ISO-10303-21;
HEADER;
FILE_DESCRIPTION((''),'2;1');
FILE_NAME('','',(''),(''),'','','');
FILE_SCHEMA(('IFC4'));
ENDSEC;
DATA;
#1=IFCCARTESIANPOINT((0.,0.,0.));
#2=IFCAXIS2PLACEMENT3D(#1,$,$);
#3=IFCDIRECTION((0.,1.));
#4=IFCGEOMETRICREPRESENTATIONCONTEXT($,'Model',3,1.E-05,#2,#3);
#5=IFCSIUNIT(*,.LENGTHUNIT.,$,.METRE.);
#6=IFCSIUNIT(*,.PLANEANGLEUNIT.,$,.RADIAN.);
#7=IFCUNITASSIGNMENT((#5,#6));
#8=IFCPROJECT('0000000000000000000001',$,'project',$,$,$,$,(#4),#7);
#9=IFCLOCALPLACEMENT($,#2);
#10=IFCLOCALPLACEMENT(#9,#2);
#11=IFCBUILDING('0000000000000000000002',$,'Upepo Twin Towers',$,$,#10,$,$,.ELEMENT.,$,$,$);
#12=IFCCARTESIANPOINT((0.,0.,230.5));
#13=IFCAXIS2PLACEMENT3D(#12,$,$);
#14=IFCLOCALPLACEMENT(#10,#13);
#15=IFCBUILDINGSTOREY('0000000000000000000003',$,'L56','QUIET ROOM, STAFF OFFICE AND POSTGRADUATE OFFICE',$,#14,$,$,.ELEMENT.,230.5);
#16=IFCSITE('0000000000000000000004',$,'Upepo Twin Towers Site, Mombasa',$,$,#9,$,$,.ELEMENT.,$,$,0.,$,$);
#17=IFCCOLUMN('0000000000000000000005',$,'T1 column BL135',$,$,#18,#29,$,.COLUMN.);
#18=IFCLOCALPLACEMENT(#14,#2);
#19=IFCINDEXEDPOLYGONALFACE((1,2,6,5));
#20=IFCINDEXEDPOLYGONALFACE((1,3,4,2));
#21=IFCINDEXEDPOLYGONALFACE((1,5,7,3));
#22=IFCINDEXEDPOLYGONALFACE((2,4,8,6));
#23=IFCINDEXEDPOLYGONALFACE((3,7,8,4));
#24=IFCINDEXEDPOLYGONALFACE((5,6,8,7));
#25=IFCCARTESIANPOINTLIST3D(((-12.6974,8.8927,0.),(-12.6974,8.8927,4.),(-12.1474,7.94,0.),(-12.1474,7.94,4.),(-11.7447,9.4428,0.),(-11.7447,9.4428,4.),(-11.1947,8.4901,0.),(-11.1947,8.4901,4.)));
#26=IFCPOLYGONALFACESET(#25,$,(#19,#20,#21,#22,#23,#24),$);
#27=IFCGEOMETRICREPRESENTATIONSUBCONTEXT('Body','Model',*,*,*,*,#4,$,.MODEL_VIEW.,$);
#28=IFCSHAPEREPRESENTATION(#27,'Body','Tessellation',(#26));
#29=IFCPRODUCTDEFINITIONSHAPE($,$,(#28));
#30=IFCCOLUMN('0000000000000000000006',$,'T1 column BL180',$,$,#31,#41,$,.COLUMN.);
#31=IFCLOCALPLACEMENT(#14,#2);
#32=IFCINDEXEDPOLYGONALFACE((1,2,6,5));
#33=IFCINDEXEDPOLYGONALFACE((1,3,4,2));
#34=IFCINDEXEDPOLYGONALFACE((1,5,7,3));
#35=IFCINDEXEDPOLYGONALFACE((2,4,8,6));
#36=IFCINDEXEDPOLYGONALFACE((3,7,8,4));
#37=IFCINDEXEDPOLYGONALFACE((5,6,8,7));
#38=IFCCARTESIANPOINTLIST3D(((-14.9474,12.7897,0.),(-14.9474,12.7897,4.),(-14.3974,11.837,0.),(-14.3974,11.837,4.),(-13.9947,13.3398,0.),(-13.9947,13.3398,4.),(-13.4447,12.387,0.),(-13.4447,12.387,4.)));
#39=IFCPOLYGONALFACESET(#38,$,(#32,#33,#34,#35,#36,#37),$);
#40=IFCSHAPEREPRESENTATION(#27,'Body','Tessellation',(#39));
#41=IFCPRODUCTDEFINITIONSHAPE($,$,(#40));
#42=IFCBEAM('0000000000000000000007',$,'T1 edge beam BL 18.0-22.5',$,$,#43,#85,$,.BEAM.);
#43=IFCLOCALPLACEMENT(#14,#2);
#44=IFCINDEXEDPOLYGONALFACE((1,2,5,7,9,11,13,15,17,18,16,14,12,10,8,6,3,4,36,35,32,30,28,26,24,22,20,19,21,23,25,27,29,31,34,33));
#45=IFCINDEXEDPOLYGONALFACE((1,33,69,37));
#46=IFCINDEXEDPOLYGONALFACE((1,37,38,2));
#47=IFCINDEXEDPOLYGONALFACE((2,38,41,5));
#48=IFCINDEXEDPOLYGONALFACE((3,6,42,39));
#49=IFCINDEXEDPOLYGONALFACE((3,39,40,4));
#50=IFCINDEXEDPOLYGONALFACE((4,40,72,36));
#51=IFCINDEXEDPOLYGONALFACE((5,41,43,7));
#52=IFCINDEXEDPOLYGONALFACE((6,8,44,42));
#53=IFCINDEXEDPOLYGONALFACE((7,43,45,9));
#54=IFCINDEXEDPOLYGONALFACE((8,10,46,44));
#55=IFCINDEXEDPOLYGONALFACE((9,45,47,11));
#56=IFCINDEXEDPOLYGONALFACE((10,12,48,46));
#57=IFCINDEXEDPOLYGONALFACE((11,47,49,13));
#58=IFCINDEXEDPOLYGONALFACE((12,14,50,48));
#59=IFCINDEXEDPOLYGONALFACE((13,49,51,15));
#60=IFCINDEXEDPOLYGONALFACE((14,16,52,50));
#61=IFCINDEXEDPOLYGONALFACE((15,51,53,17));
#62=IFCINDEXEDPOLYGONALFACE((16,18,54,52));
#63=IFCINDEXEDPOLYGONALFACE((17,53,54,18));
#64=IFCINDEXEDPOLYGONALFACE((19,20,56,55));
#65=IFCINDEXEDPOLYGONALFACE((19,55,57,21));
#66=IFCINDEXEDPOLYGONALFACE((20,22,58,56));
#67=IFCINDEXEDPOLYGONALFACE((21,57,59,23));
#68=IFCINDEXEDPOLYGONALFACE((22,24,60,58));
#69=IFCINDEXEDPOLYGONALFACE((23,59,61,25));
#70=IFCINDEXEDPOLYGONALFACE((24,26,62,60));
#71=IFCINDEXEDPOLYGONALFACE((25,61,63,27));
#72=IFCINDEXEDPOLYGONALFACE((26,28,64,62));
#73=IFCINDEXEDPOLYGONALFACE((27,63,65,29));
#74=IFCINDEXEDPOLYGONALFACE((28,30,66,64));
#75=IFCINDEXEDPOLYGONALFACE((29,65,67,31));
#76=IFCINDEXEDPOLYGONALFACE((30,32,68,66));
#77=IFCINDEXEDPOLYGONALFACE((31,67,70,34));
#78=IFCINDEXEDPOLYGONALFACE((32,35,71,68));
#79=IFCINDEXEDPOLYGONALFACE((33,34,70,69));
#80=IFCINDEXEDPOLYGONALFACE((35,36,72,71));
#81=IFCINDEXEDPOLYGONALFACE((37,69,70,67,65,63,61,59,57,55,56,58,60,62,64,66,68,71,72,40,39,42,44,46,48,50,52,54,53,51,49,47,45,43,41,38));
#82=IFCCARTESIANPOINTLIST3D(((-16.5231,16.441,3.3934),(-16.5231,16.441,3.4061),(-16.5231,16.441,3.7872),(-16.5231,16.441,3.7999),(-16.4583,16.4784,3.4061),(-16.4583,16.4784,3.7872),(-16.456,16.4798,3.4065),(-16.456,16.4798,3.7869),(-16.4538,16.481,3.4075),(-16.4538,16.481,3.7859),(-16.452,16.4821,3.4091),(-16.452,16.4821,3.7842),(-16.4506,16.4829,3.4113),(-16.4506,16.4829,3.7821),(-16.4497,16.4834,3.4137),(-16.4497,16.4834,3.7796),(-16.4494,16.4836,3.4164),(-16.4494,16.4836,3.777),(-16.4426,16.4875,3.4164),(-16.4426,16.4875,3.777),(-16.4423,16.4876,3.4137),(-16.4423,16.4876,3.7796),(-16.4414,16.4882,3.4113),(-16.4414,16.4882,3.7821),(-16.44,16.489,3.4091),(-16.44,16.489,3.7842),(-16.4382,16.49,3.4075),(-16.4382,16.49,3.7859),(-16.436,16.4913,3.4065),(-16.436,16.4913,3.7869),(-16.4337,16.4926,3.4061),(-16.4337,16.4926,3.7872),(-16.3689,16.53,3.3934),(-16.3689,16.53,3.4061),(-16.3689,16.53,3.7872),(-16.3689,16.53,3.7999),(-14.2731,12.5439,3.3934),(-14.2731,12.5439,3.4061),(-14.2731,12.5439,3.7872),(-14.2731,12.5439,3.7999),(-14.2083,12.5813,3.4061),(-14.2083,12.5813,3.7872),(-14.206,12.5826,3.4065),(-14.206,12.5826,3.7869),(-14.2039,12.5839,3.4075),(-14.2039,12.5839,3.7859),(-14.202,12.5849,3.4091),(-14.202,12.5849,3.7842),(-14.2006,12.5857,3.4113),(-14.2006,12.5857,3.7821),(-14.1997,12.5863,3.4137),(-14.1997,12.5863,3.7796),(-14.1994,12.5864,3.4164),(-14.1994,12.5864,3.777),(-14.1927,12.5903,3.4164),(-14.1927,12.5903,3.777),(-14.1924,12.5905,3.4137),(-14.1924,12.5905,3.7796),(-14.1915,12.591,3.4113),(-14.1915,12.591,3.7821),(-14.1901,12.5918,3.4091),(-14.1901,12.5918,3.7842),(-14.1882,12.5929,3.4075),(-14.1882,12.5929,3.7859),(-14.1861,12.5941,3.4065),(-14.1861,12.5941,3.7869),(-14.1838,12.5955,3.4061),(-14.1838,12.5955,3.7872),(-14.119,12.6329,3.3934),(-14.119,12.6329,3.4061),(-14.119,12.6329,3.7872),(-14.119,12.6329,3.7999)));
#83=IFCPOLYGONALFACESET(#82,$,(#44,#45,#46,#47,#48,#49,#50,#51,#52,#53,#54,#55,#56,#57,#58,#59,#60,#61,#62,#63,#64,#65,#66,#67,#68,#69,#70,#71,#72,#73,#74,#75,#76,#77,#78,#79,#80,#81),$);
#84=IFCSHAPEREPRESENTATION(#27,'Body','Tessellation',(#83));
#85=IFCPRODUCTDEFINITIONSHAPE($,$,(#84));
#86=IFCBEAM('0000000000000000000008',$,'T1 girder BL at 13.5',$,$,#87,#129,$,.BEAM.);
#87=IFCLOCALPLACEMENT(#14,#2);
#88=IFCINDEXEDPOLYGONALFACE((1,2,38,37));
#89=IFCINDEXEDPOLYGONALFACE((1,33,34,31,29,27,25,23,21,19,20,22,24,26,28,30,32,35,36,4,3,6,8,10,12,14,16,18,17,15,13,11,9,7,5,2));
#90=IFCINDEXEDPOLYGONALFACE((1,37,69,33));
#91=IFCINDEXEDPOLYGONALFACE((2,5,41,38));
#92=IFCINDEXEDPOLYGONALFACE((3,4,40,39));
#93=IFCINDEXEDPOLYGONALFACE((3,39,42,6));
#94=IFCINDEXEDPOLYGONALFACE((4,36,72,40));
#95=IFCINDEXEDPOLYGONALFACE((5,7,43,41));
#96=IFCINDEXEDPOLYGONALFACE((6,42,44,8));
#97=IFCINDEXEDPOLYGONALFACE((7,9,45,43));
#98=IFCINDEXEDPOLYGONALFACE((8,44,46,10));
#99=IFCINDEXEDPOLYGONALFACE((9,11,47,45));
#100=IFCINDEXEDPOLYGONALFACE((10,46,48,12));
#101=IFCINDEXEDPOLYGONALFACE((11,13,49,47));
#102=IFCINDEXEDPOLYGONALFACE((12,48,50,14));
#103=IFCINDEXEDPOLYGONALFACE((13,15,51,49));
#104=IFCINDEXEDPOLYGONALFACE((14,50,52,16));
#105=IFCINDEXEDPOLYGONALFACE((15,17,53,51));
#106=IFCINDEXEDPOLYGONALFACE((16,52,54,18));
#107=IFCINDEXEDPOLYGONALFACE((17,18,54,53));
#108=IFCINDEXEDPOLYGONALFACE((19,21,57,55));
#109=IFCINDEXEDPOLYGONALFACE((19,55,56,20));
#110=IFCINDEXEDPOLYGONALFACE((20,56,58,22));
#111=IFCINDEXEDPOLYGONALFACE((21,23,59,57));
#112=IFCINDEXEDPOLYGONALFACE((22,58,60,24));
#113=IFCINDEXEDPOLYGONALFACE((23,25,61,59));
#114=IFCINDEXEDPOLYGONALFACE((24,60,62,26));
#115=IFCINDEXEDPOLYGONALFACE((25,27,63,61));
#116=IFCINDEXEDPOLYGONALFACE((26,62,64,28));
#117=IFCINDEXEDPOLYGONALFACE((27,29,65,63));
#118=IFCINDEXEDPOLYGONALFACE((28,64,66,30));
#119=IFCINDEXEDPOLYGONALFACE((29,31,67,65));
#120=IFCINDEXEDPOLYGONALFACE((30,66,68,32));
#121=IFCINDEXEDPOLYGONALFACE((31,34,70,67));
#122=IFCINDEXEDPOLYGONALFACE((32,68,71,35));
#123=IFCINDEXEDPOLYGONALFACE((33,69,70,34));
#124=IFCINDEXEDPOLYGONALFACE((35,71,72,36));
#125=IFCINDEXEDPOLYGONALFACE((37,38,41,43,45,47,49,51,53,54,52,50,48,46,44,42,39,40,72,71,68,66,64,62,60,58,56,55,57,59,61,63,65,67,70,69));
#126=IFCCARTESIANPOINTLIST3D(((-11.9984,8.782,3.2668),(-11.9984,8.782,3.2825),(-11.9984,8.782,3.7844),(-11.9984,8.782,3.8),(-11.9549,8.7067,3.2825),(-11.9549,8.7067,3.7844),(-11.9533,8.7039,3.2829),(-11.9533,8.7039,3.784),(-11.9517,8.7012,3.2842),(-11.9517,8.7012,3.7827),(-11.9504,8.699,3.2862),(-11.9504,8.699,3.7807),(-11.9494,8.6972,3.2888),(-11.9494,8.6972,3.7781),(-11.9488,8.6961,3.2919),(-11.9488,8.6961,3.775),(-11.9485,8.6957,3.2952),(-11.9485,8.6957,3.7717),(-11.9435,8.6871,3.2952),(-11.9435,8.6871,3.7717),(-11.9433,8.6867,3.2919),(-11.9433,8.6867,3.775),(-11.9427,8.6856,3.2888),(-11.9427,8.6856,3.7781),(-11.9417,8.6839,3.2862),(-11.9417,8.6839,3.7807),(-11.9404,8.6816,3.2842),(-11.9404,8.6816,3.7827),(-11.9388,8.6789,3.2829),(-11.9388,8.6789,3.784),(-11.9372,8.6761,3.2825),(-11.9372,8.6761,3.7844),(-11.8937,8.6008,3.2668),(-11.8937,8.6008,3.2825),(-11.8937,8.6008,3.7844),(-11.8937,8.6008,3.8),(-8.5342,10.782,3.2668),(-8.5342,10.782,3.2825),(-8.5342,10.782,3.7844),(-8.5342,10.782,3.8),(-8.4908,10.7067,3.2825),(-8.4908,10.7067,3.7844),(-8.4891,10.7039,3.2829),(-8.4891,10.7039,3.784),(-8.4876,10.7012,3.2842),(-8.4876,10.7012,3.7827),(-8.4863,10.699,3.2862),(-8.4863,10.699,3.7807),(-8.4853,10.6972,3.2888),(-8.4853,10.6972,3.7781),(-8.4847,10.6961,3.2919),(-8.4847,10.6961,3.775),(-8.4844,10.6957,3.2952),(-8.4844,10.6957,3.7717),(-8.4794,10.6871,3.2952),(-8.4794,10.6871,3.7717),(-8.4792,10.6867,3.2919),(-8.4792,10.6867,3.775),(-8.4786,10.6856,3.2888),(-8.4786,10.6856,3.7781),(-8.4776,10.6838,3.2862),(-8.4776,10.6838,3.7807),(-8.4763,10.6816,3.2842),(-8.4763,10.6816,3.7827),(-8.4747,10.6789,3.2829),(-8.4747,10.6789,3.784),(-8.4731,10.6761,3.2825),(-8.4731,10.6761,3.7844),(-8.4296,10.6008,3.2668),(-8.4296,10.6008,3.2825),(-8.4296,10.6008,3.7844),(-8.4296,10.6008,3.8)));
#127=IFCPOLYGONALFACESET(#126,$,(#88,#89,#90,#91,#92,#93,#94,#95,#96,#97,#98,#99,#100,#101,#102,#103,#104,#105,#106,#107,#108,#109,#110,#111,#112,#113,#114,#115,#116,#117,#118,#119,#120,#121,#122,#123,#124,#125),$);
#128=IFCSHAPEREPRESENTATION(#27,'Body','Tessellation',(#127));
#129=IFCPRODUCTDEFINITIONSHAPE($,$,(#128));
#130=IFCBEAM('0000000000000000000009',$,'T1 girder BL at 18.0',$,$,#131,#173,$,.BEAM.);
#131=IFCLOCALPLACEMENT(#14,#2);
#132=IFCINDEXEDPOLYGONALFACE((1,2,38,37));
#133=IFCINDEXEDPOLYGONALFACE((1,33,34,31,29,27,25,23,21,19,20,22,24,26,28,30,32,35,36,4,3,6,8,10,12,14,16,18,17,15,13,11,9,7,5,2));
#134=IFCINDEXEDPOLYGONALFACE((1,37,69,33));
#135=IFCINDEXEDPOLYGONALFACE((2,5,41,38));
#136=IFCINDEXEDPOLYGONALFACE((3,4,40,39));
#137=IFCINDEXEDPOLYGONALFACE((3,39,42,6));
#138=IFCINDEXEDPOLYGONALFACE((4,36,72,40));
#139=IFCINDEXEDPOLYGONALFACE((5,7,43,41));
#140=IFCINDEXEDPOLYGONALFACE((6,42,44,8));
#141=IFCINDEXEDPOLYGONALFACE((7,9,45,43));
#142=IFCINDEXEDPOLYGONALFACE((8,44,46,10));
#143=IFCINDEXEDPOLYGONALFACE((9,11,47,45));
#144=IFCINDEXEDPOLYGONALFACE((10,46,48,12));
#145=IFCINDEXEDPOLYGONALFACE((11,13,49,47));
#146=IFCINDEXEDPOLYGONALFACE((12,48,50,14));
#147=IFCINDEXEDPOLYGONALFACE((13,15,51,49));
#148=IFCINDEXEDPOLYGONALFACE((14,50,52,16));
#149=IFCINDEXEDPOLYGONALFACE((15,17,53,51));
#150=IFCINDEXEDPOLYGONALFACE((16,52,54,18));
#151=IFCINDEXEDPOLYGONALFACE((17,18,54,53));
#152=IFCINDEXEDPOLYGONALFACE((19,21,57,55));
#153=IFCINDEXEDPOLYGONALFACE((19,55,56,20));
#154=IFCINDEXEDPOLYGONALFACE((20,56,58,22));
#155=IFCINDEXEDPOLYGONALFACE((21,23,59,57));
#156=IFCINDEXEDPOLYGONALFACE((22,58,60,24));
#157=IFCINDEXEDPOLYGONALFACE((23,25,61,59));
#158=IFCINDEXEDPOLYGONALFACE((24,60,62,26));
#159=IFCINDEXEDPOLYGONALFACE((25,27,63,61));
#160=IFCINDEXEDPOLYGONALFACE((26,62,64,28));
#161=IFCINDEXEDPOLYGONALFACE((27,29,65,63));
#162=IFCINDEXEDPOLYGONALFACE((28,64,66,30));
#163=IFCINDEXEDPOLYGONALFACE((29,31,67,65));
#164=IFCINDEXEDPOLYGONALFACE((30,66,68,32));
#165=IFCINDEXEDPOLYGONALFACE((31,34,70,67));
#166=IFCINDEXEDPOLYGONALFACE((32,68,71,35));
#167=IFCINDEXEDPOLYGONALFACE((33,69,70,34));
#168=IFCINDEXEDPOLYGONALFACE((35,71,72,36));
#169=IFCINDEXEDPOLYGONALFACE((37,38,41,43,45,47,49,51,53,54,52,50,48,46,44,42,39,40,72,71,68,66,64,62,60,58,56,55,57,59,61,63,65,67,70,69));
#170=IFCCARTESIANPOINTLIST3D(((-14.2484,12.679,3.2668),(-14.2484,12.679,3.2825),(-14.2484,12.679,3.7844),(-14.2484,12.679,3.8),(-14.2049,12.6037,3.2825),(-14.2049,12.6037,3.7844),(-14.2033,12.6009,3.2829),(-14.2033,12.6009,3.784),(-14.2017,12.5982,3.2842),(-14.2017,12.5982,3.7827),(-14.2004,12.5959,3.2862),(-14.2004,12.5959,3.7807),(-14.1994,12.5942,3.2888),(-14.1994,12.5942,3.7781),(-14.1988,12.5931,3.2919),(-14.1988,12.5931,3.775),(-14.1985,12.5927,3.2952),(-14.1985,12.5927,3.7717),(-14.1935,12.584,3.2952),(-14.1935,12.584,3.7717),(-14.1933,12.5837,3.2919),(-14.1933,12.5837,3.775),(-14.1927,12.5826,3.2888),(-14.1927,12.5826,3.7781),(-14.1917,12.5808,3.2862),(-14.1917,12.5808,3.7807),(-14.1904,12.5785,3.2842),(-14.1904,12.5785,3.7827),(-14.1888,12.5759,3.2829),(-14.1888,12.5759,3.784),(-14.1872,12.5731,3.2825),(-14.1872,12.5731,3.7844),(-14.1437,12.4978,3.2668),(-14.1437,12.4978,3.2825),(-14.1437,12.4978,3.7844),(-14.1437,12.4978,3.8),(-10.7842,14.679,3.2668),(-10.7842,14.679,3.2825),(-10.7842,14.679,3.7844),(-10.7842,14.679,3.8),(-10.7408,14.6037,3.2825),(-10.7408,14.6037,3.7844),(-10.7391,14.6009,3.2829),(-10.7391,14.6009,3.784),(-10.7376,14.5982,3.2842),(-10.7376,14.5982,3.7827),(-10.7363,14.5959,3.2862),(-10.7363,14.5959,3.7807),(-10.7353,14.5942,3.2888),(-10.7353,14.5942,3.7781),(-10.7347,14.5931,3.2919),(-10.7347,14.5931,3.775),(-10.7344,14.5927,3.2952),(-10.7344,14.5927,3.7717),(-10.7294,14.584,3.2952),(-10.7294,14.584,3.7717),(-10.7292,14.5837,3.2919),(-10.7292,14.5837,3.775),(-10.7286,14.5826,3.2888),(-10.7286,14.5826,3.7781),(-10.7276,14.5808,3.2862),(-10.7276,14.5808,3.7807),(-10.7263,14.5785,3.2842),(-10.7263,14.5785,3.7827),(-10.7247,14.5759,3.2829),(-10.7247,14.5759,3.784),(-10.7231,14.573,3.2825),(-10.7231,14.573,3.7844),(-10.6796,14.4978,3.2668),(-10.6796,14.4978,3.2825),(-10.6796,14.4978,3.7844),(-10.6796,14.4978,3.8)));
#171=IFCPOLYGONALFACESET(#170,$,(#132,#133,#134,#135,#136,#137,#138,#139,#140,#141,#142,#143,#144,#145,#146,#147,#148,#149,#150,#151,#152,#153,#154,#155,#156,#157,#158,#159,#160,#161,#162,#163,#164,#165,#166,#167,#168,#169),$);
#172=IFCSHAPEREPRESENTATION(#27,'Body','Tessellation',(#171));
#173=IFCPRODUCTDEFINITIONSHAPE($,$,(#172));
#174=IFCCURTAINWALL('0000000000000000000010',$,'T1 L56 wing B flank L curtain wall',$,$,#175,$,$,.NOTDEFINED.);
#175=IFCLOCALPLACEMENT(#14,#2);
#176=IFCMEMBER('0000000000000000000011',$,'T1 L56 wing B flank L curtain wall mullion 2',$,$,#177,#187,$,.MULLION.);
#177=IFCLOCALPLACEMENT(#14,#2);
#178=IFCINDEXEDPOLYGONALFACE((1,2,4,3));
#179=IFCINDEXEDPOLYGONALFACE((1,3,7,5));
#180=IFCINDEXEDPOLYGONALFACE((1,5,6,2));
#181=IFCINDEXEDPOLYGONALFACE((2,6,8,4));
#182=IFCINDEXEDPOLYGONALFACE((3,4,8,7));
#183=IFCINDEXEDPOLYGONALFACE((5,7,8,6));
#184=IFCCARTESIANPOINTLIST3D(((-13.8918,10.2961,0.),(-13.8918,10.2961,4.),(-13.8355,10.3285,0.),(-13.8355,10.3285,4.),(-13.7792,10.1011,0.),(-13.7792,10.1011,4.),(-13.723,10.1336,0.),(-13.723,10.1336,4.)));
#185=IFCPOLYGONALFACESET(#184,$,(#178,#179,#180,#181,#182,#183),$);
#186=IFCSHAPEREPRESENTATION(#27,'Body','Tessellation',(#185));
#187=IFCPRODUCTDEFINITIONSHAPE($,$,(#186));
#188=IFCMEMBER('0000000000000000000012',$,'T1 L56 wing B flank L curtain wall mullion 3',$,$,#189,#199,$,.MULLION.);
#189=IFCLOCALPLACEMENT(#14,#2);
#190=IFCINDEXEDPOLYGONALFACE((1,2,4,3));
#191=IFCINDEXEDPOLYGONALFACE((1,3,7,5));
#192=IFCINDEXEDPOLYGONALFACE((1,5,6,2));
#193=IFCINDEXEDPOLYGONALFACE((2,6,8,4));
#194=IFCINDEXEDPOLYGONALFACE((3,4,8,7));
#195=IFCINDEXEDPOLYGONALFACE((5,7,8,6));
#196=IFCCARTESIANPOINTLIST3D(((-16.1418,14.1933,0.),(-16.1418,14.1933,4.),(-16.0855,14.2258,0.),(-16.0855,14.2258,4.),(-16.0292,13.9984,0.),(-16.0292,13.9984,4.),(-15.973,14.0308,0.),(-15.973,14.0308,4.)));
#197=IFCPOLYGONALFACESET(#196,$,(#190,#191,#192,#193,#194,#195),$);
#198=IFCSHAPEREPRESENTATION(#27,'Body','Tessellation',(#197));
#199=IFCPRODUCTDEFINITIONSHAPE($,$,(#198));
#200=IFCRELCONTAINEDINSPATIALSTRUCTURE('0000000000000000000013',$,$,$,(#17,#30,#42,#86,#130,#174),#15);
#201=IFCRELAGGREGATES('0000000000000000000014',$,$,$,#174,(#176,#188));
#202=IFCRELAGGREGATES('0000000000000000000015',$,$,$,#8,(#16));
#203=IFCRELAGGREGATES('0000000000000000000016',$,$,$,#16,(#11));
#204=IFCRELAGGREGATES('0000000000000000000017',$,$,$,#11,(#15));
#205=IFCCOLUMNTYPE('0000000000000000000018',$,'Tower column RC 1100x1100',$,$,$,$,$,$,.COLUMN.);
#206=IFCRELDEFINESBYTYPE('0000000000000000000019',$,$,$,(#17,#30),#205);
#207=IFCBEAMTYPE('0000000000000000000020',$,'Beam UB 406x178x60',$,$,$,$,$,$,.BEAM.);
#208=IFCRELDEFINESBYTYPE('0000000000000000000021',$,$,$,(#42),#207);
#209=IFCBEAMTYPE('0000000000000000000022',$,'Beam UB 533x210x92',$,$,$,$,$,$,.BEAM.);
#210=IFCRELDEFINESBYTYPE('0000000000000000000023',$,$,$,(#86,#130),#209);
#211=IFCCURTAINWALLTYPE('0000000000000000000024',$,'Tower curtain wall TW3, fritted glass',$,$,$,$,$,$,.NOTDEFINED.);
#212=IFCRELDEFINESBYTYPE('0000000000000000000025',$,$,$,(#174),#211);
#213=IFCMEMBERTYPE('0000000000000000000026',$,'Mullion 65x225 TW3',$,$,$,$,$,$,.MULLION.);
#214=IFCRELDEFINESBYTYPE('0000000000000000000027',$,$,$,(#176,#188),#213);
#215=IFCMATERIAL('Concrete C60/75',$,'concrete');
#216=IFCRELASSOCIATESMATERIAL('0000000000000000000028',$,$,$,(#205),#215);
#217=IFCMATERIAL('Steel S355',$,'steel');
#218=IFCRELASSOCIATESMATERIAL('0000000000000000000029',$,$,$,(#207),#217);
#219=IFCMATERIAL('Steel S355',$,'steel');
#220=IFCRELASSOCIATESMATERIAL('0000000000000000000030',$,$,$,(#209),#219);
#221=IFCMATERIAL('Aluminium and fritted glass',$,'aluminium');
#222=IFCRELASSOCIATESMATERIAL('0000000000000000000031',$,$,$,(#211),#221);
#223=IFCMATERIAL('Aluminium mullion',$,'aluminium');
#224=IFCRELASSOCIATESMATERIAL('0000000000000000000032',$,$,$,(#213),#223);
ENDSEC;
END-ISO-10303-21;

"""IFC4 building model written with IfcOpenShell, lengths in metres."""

from ifc_helpers import new_model, si_unit, direction, frame, origin, origin_2d, place, context, subcontext, project, spatial, rectangle, i_section, extrude, material, material_profile, profile_set, type_object, element, aggregate, save


model = new_model("IFC4")

# Units and contexts
model_context = context("Model", 3, precision=1e-05, world=origin(), true_north=direction((0.0, 1.0)))
body_context = subcontext(model_context, "Body", "Model", "MODEL_VIEW")
ifc_project = project(units=[si_unit("LENGTHUNIT", "METRE"), si_unit("PLANEANGLEUNIT", "RADIAN")], contexts=[model_context])

# Site, building, storey
site_placement = place(None, origin())
site = spatial("IfcSite", under=ifc_project, at=site_placement, Name="Upepo Twin Towers Site, Mombasa", CompositionType="ELEMENT", RefElevation=0.0)
building_placement = place(site_placement, origin())
building = spatial("IfcBuilding", under=site, at=building_placement, Name="Upepo Twin Towers", CompositionType="ELEMENT")
storey_placement = place(building_placement, frame((0.0, 0.0, 230.5)))
storey = spatial("IfcBuildingStorey", under=building, at=storey_placement, Name="L56", Description="QUIET ROOM, STAFF OFFICE AND POSTGRADUATE OFFICE", CompositionType="ELEMENT", Elevation=230.5)

# Columns
ifc_material_1 = material(Name="Concrete C60/75", Category="concrete")
ifc_material_profile_1 = material_profile(ifc_material_1, rectangle(XDim=1.1001, YDim=1.1001, at=origin_2d()), Name="RC 1100x1100")
ifc_profile_set_1 = profile_set([ifc_material_profile_1], Name="Concrete C60/75")
column_type = type_object("IfcColumnType", Name="Tower column RC 1100x1100", PredefinedType="COLUMN", material=ifc_profile_set_1)
for number, where, z_axis, x_axis, name in (
    (1, (-11.946, 8.6914, 0.0), (0.0, 0.0, 1.0), (0.866025, 0.5, 0.0), "T1 column BL135"),
    (2, (-14.196, 12.5884, 0.0), (0.0, 0.0, 1.0), (0.866025, 0.5, 0.0), "T1 column BL180"),
):
    element("IfcColumn", number, at=place(storey_placement, frame(where, z_axis=z_axis, x_axis=x_axis)), inside=storey, type_object=column_type, Name=name, PredefinedType="COLUMN", context=body_context, shape_type="SweptSolid", body=[
        extrude(rectangle(XDim=1.1001, YDim=1.1001, at=origin_2d()), origin(), (0.0, 0.0, 1.0), 4.0),
    ])

# Beams
ifc_material_2 = material(Name="Steel S355", Category="steel")
ifc_material_profile_2 = material_profile(ifc_material_2, i_section(OverallWidth=0.178, OverallDepth=0.4065, WebThickness=0.0078, FlangeThickness=0.0127, FilletRadius=0.0103, at=origin_2d()), Name="UB 406x178x60")
ifc_profile_set_2 = profile_set([ifc_material_profile_2], Name="Steel S355")
beam_type_1 = type_object("IfcBeamType", Name="Beam UB 406x178x60", PredefinedType="BEAM", material=ifc_profile_set_2)
beam_placement = place(storey_placement, frame((-14.196, 12.5884, 3.5967), z_axis=(-0.49999, 0.866031, 0.0), x_axis=(-0.866031, -0.49999, 0.0)))
element("IfcBeam", 3, at=beam_placement, inside=storey, type_object=beam_type_1, Name="T1 edge beam BL 18.0-22.5", PredefinedType="BEAM", context=body_context, shape_type="SweptSolid", body=[
    extrude(i_section(OverallWidth=0.178, OverallDepth=0.4065, WebThickness=0.0078, FlangeThickness=0.0127, FilletRadius=0.0103, at=origin_2d()), origin(), (0.0, 0.0, 1.0), 4.5),
])
ifc_material_3 = material(Name="Steel S355", Category="steel")
ifc_material_profile_3 = material_profile(ifc_material_3, i_section(OverallWidth=0.2092, OverallDepth=0.5332, WebThickness=0.01, FlangeThickness=0.0156, FilletRadius=0.0127, at=origin_2d()), Name="UB 533x210x92")
ifc_profile_set_3 = profile_set([ifc_material_profile_3], Name="Steel S355")
beam_type_2 = type_object("IfcBeamType", Name="Beam UB 533x210x92", PredefinedType="BEAM", material=ifc_profile_set_3)
for number, where, z_axis, x_axis, name in (
    (4, (-11.946, 8.6914, 3.5334), (0.866026, 0.499999, 0.0), (-0.499999, 0.866026, 0.0), "T1 girder BL at 13.5"),
    (5, (-14.196, 12.5884, 3.5334), (0.866026, 0.499999, 0.0), (-0.499999, 0.866026, 0.0), "T1 girder BL at 18.0"),
):
    element("IfcBeam", number, at=place(storey_placement, frame(where, z_axis=z_axis, x_axis=x_axis)), inside=storey, type_object=beam_type_2, Name=name, PredefinedType="BEAM", context=body_context, shape_type="SweptSolid", body=[
        extrude(i_section(OverallWidth=0.2092, OverallDepth=0.5332, WebThickness=0.01, FlangeThickness=0.0156, FilletRadius=0.0127, at=origin_2d()), origin(), (0.0, 0.0, 1.0), 4.0),
    ])

# Curtain wall, members
ifc_material_4 = material(Name="Aluminium and fritted glass", Category="aluminium")
curtain_wall_type = type_object("IfcCurtainWallType", Name="Tower curtain wall TW3, fritted glass", PredefinedType="NOTDEFINED", material=ifc_material_4)
curtain_wall_placement = place(storey_placement, origin())
curtain_wall = element("IfcCurtainWall", 6, at=curtain_wall_placement, inside=storey, type_object=curtain_wall_type, Name="T1 L56 wing B flank L curtain wall", PredefinedType="NOTDEFINED")
ifc_material_5 = material(Name="Aluminium mullion", Category="aluminium")
ifc_material_profile_4 = material_profile(ifc_material_5, rectangle(XDim=0.0649, YDim=0.2251, at=origin_2d()), Name="MULLION 65x225")
ifc_profile_set_4 = profile_set([ifc_material_profile_4], Name="Aluminium mullion")
member_type_1 = type_object("IfcMemberType", Name="Mullion 65x225 TW3", PredefinedType="MULLION", material=ifc_profile_set_4)
member_1_placement = place(storey_placement, frame((-13.8074, 10.2148, 0.0), z_axis=(0.0, 0.0, 1.0), x_axis=(-0.866025, -0.5, 0.0)))
member_1 = element("IfcMember", 7, at=member_1_placement, type_object=member_type_1, Name="T1 L56 wing B flank L curtain wall mullion 2", PredefinedType="MULLION", context=body_context, shape_type="SweptSolid", body=[
    extrude(rectangle(XDim=0.0649, YDim=0.2251, at=origin_2d()), origin(), (0.0, 0.0, 1.0), 4.0),
])
member_2_placement = place(storey_placement, frame((-16.0574, 14.1121, 0.0), z_axis=(0.0, 0.0, 1.0), x_axis=(-0.866025, -0.5, 0.0)))
member_2 = element("IfcMember", 8, at=member_2_placement, type_object=member_type_1, Name="T1 L56 wing B flank L curtain wall mullion 3", PredefinedType="MULLION", context=body_context, shape_type="SweptSolid", body=[
    extrude(rectangle(XDim=0.0649, YDim=0.2251, at=origin_2d()), origin(), (0.0, 0.0, 1.0), 4.0),
])
aggregate(curtain_wall, [member_1, member_2])

save(model, "model.ifc")
